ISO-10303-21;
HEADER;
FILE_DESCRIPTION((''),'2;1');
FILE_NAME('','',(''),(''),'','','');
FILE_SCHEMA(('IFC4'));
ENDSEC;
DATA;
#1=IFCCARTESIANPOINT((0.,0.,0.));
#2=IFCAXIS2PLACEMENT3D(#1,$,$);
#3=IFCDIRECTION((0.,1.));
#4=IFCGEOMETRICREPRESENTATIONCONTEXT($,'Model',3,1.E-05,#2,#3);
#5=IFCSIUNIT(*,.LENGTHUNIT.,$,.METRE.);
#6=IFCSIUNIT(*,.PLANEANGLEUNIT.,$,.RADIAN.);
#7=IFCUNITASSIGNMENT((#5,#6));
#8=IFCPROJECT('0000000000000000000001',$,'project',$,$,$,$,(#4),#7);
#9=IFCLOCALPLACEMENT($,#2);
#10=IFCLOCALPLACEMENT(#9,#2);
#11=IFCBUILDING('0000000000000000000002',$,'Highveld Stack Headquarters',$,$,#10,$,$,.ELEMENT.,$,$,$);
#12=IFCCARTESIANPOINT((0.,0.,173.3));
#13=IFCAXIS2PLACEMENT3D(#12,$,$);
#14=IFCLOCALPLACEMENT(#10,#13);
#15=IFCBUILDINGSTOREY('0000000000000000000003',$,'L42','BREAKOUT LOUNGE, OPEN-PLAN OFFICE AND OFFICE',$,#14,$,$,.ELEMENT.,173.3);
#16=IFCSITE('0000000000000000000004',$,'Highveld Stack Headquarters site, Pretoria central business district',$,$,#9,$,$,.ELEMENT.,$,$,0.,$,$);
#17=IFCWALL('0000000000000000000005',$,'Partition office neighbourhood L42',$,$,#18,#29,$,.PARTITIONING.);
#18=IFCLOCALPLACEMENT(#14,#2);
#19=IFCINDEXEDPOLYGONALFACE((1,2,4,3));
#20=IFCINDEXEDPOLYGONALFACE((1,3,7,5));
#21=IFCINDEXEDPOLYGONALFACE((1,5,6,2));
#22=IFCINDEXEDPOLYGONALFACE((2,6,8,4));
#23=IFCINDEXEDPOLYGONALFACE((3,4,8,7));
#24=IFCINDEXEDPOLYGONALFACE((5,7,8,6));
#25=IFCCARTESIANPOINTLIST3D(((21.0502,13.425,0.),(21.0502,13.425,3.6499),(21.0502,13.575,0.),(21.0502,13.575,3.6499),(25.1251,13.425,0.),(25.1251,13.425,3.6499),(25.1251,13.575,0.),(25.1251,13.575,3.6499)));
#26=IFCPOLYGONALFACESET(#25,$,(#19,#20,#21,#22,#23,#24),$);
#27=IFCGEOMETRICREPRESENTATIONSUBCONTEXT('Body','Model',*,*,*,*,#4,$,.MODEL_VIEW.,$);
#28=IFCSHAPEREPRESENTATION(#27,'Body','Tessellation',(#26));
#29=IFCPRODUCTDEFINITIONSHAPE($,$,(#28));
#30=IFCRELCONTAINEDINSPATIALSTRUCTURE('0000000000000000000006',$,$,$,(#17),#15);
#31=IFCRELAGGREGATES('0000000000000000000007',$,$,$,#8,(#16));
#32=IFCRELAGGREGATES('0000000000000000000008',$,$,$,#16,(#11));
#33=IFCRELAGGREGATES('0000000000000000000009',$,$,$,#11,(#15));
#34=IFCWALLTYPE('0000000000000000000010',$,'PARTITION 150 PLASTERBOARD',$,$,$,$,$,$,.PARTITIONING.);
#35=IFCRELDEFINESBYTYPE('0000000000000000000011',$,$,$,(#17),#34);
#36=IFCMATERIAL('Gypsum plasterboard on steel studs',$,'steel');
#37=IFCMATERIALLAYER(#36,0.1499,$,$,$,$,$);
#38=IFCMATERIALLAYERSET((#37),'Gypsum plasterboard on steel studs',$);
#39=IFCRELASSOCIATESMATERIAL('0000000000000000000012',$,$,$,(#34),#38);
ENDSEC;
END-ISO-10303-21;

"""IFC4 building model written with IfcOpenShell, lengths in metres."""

from ifc_helpers import new_model, si_unit, direction, frame, frame_2d, origin, place, context, subcontext, project, spatial, rectangle, extrude, material, layer, layer_set, type_object, element, save


model = new_model("IFC4")

# Units and contexts
model_context = context("Model", 3, precision=1e-05, world=origin(), true_north=direction((0.0, 1.0)))
body_context = subcontext(model_context, "Body", "Model", "MODEL_VIEW")
ifc_project = project(units=[si_unit("LENGTHUNIT", "METRE"), si_unit("PLANEANGLEUNIT", "RADIAN")], contexts=[model_context])

# Site, building, storey
site_placement = place(None, origin())
site = spatial("IfcSite", under=ifc_project, at=site_placement, Name="Highveld Stack Headquarters site, Pretoria central business district", CompositionType="ELEMENT", RefElevation=0.0)
building_placement = place(site_placement, origin())
building = spatial("IfcBuilding", under=site, at=building_placement, Name="Highveld Stack Headquarters", CompositionType="ELEMENT")
storey_placement = place(building_placement, frame((0.0, 0.0, 173.3)))
storey = spatial("IfcBuildingStorey", under=building, at=storey_placement, Name="L42", Description="BREAKOUT LOUNGE, OPEN-PLAN OFFICE AND OFFICE", CompositionType="ELEMENT", Elevation=173.3)

# Shared definitions
ifc_material_1 = material(Name="Gypsum plasterboard on steel studs", Category="steel")
ifc_layer_1 = layer(ifc_material_1, 0.1499)
ifc_layer_set_1 = layer_set([ifc_layer_1], Name="Gypsum plasterboard on steel studs")
wall_type_1 = type_object("IfcWallType", Name="PARTITION 150 PLASTERBOARD", PredefinedType="PARTITIONING", material=ifc_layer_set_1)

# Wall
wall_1_placement = place(storey_placement, frame((21.05, 13.5, 0.0), z_axis=(0.0, 0.0, 1.0), x_axis=(1.0, 0.0, 0.0)))
element("IfcWall", 1, at=wall_1_placement, inside=storey, type_object=wall_type_1, Name="Partition office neighbourhood L42", PredefinedType="PARTITIONING", context=body_context, shape_type="SweptSolid", body=[
    extrude(rectangle(XDim=4.075, YDim=0.1499, at=frame_2d((2.0376, 0.0))), origin(), (0.0, 0.0, 1.0), 3.6499),
])

save(model, "model.ifc")
